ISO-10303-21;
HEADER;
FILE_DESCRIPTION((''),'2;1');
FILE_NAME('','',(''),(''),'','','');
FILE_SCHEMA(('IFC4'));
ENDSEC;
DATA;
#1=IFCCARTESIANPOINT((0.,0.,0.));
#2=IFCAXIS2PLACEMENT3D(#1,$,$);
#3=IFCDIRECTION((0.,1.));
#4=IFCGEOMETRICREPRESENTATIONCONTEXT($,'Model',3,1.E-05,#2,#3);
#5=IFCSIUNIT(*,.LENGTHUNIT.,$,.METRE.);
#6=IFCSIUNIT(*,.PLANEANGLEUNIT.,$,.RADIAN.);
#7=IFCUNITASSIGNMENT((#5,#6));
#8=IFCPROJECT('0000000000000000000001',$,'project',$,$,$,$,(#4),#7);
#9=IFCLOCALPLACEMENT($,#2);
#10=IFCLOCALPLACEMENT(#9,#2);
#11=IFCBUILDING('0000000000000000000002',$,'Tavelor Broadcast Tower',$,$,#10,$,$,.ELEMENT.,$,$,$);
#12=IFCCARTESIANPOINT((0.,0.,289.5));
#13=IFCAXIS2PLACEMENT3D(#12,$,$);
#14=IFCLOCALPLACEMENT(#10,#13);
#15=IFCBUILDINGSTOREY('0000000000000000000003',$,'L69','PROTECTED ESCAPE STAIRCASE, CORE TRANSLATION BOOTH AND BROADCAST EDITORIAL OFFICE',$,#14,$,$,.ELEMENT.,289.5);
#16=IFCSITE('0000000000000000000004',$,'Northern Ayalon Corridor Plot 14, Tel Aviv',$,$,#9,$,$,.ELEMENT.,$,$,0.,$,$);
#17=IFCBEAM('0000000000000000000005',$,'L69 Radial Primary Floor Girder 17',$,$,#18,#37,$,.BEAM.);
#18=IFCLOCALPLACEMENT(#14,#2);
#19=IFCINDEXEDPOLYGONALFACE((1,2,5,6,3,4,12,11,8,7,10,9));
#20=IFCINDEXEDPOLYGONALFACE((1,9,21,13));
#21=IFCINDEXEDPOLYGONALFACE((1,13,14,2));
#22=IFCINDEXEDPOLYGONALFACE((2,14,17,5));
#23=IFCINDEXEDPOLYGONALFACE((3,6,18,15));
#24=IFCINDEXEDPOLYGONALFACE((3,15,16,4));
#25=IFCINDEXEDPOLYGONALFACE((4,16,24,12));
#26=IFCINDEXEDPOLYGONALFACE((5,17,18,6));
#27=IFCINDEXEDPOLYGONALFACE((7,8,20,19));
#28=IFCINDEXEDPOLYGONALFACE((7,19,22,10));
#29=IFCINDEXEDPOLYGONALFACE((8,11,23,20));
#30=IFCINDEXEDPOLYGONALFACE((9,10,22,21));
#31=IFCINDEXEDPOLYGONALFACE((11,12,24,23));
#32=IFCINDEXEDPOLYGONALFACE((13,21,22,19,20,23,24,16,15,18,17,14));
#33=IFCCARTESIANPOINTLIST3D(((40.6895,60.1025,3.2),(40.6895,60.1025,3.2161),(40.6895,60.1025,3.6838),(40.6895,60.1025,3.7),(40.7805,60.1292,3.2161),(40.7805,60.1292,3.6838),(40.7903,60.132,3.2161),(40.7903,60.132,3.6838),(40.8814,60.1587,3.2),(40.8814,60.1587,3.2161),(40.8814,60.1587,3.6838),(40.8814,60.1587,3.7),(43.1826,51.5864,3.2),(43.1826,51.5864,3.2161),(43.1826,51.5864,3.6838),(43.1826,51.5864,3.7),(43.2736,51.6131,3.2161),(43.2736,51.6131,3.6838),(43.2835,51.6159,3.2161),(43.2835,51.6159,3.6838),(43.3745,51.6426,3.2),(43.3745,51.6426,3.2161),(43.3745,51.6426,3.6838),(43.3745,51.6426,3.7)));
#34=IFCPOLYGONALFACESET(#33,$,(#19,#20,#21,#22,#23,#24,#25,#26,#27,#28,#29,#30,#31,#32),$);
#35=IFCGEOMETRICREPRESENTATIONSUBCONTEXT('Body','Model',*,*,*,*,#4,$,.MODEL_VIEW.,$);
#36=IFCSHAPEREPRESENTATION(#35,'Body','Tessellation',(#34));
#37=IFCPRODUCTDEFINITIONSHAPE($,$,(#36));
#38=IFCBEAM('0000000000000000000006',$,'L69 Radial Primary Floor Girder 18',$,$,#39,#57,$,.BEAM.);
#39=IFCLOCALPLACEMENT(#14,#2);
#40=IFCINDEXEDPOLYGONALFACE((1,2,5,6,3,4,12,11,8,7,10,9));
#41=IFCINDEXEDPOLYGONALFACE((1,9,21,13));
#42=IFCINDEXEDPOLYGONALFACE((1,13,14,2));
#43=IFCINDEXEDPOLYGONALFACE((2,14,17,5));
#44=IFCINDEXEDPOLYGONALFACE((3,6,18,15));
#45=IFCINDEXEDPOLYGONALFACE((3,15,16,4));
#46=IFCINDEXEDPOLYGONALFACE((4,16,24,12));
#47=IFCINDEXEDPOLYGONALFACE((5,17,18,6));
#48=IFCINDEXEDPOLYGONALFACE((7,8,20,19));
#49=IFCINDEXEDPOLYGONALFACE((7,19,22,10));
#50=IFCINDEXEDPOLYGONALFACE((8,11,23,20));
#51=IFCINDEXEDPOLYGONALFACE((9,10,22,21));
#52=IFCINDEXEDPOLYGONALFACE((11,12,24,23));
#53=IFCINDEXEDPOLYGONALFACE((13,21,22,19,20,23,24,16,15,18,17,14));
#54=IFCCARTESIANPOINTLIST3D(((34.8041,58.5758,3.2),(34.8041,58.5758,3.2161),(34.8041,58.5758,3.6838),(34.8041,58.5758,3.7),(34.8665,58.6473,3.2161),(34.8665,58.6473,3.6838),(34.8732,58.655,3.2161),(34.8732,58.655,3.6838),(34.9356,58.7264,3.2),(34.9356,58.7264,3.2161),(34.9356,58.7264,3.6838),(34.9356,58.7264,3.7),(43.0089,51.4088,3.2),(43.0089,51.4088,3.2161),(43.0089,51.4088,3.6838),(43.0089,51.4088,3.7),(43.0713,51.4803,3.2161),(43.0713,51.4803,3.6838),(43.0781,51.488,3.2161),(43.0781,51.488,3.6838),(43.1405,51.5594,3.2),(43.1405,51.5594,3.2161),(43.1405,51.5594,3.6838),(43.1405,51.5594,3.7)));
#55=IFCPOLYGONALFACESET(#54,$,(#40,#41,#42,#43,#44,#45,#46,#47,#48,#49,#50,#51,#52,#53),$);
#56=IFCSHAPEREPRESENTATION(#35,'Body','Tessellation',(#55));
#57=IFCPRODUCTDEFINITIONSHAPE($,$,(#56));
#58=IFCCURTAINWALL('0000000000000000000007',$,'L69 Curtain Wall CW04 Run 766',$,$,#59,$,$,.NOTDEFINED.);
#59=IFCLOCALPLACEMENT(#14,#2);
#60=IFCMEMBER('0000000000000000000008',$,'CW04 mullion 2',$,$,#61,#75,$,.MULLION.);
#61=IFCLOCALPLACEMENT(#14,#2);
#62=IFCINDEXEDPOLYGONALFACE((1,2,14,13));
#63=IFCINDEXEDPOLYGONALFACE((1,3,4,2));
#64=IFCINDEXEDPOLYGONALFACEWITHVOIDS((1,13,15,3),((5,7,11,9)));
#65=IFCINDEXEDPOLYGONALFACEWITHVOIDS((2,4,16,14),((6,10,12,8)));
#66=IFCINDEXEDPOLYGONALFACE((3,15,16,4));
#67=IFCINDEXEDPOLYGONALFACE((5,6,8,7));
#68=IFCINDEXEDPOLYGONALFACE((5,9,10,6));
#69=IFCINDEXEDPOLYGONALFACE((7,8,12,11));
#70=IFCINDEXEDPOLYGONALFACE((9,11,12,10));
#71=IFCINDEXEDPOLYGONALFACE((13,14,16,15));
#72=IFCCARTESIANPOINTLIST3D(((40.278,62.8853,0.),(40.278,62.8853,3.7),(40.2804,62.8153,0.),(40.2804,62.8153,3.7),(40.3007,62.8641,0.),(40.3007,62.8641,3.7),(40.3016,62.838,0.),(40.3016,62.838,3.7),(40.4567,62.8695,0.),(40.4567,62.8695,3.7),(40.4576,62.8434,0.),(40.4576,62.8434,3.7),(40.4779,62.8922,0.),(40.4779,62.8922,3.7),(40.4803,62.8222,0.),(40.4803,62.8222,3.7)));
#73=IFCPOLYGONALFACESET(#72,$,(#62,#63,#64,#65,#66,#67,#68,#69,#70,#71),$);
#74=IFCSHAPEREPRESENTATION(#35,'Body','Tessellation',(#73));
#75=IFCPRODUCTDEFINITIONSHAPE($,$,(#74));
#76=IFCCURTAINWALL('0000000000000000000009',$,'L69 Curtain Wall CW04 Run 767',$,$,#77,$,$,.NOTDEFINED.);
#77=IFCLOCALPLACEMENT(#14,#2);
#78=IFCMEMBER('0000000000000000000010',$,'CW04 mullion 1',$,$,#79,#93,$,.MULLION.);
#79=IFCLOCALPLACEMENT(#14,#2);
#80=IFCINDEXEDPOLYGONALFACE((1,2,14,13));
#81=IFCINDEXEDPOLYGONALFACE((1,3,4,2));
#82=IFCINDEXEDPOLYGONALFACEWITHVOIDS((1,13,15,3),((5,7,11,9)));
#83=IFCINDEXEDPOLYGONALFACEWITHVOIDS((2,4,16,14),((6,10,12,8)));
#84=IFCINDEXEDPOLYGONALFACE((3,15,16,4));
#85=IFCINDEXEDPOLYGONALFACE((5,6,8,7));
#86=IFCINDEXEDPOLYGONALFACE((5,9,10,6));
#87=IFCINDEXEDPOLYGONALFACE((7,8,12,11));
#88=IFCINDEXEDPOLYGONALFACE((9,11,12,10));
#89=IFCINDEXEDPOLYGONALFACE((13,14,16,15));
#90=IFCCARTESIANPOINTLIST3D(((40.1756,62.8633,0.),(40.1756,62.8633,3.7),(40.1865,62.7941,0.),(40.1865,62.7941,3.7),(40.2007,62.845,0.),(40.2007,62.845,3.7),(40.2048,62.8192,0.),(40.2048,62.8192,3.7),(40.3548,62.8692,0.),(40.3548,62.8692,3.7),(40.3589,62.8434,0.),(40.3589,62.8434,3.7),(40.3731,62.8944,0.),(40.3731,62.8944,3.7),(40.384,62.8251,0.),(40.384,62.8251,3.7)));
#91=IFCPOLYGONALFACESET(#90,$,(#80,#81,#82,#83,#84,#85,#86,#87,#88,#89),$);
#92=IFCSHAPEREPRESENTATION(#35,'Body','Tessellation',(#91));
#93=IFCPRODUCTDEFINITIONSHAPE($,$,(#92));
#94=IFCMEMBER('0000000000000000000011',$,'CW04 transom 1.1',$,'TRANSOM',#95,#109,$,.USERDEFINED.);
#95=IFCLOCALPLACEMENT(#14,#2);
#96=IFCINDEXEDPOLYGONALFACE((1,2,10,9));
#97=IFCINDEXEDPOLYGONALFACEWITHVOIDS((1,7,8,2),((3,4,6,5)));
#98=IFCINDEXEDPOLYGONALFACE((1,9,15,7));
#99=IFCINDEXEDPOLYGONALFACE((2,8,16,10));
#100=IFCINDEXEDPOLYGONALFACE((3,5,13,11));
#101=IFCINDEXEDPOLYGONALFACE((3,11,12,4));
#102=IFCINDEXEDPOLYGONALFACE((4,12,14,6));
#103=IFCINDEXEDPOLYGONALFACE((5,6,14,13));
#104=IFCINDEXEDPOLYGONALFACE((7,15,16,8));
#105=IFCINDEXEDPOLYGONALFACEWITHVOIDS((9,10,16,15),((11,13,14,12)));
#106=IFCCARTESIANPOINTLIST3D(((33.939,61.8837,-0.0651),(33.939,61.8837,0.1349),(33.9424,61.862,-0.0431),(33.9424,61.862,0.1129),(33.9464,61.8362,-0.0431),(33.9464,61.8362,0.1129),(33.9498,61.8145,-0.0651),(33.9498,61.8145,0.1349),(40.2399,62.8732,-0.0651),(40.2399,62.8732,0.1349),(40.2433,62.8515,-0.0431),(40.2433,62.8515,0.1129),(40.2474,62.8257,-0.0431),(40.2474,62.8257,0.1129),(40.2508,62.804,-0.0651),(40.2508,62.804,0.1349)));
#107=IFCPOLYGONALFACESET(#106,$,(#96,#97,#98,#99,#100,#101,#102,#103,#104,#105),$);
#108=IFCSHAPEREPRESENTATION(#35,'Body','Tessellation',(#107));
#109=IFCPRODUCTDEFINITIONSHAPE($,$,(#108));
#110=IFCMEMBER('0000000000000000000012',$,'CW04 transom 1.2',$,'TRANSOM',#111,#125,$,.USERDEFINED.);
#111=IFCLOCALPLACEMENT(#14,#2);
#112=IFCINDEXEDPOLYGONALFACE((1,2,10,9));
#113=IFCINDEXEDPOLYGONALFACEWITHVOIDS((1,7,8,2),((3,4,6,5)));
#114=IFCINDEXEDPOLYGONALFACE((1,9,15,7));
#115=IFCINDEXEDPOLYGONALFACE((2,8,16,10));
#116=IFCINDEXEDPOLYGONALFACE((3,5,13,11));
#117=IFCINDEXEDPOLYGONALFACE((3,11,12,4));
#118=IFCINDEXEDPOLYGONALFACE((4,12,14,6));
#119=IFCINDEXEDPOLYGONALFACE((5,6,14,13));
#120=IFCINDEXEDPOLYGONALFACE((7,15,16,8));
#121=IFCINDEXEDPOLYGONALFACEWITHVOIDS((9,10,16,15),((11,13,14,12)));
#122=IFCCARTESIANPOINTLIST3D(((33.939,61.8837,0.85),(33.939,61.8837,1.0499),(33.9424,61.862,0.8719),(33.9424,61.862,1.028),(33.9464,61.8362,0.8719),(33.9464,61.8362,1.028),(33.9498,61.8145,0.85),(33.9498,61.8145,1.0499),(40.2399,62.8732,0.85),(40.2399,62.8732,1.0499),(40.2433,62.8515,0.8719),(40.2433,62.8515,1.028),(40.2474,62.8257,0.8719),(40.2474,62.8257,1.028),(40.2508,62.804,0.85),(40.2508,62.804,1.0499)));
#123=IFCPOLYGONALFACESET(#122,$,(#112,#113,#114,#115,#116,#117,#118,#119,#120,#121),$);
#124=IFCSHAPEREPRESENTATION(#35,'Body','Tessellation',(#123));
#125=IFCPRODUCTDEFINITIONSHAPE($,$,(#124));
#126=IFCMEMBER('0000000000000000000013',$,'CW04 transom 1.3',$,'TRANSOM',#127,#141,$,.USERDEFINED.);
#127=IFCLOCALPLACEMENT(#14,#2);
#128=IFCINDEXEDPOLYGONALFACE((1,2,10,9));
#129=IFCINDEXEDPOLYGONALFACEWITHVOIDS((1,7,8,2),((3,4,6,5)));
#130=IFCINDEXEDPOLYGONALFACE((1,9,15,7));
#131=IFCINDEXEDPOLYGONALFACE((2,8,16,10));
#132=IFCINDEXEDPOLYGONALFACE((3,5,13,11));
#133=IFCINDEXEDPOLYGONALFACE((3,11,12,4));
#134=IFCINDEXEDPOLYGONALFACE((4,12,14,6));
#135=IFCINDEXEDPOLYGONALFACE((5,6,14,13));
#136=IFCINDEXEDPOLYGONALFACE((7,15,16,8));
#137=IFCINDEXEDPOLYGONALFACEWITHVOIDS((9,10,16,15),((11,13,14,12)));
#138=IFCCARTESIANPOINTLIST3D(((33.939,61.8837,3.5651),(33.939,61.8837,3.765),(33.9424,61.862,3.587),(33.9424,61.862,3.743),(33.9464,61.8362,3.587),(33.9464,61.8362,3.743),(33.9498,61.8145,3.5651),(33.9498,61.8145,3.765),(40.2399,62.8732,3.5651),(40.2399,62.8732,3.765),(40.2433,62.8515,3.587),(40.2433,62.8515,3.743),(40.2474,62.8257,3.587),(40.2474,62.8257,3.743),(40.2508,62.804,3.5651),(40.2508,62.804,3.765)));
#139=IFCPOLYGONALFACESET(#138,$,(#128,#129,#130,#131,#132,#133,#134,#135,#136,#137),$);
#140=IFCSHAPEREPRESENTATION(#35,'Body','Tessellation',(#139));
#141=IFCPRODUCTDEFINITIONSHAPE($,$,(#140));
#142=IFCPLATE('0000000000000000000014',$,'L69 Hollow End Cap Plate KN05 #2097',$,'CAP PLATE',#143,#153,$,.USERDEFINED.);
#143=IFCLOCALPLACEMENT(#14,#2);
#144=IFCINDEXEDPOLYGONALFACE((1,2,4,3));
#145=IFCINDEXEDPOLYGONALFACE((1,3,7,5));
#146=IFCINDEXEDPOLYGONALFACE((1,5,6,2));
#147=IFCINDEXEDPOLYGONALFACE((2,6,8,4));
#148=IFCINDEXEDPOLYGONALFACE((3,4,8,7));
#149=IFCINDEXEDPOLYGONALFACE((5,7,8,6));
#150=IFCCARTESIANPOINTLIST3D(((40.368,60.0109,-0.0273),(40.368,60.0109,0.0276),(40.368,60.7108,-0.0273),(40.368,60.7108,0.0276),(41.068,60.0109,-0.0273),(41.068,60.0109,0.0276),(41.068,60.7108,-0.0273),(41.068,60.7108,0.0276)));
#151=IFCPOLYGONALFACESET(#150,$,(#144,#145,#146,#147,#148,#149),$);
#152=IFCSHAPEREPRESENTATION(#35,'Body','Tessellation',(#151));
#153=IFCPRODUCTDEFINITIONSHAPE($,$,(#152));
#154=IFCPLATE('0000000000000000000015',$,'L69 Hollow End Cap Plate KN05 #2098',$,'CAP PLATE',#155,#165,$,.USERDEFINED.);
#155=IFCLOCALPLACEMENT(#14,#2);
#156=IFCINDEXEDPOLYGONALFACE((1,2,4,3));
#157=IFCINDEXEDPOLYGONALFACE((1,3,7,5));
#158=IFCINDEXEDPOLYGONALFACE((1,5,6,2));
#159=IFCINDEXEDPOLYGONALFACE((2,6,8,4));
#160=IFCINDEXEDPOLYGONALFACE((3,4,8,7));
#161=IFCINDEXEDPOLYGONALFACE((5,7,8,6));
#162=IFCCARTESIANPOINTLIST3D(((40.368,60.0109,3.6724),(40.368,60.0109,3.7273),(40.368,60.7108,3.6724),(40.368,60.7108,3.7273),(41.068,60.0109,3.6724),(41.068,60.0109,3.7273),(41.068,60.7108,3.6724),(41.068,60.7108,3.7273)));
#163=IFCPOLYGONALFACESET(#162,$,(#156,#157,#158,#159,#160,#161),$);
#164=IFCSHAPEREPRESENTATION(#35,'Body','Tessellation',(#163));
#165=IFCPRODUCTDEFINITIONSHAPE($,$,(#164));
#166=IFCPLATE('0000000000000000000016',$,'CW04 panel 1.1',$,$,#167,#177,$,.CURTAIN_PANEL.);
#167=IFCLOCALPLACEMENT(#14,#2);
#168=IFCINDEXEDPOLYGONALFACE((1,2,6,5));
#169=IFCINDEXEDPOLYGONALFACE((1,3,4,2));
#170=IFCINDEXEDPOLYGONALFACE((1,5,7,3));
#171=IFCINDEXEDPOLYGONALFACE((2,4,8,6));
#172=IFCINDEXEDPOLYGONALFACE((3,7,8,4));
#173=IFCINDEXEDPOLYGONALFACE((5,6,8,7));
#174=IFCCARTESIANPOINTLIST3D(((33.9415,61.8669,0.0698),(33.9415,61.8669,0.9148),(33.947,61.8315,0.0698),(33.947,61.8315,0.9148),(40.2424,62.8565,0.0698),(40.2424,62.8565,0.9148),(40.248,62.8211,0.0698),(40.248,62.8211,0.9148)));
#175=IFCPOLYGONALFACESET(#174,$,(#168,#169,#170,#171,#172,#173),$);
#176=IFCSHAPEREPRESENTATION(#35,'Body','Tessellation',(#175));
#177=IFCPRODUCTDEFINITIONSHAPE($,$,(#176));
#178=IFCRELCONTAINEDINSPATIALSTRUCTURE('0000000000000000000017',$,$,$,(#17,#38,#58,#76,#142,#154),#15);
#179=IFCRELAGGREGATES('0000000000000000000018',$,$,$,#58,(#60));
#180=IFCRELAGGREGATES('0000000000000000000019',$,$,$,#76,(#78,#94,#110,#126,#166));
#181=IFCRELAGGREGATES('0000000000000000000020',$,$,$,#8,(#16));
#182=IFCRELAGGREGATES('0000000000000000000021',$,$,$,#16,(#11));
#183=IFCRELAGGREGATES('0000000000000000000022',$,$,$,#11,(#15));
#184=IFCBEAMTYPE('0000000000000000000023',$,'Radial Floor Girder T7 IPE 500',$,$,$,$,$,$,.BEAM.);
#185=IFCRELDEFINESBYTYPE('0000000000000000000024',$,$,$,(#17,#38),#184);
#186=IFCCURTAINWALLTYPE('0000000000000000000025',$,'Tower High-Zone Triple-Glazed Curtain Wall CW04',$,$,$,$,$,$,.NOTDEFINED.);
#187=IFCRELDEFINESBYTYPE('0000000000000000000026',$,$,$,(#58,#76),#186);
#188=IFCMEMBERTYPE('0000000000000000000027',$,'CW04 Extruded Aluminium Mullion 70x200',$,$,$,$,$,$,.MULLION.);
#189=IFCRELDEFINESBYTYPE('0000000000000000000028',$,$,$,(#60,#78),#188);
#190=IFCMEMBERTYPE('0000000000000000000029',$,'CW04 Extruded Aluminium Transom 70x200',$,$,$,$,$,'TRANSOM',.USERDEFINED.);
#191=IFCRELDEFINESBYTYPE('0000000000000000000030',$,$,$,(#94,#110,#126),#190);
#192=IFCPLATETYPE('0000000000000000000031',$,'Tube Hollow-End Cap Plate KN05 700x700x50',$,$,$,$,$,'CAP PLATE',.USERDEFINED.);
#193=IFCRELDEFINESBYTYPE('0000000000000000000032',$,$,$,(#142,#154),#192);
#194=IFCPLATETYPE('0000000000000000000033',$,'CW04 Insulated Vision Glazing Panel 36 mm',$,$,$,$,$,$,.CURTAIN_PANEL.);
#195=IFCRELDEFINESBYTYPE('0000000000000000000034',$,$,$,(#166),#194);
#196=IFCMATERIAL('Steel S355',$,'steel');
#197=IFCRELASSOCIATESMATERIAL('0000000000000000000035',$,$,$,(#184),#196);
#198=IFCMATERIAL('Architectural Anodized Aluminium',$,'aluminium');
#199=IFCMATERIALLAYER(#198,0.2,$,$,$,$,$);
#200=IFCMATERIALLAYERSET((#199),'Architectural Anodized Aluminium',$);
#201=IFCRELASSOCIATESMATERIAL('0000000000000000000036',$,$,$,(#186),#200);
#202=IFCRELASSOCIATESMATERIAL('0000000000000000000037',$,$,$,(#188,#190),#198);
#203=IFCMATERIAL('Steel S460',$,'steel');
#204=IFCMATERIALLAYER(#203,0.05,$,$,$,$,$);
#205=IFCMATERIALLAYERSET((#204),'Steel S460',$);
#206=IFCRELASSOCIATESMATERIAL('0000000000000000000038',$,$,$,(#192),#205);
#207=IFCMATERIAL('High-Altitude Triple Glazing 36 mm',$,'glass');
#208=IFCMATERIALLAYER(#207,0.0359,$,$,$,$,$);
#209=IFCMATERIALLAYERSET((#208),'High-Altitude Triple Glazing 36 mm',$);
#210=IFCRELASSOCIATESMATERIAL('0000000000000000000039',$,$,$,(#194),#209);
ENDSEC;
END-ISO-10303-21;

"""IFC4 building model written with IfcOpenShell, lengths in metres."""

from ifc_helpers import new_model, si_unit, direction, frame, origin, origin_2d, place, context, subcontext, project, spatial, rectangle, hollow_rectangle, i_section, extrude, source, transform, mapped, material, layer, layer_set, material_profile, profile_set, type_object, type_shapes, element, aggregate, save


model = new_model("IFC4")

# Units and contexts
model_context = context("Model", 3, precision=1e-05, world=origin(), true_north=direction((0.0, 1.0)))
body_context = subcontext(model_context, "Body", "Model", "MODEL_VIEW")
ifc_project = project(units=[si_unit("LENGTHUNIT", "METRE"), si_unit("PLANEANGLEUNIT", "RADIAN")], contexts=[model_context])

# Site, building, storey
site_placement = place(None, origin())
site = spatial("IfcSite", under=ifc_project, at=site_placement, Name="Northern Ayalon Corridor Plot 14, Tel Aviv", CompositionType="ELEMENT", RefElevation=0.0)
building_placement = place(site_placement, origin())
building = spatial("IfcBuilding", under=site, at=building_placement, Name="Tavelor Broadcast Tower", CompositionType="ELEMENT")
storey_placement = place(building_placement, frame((0.0, 0.0, 289.5)))
storey = spatial("IfcBuildingStorey", under=building, at=storey_placement, Name="L69", Description="PROTECTED ESCAPE STAIRCASE, CORE TRANSLATION BOOTH AND BROADCAST EDITORIAL OFFICE", CompositionType="ELEMENT", Elevation=289.5)

# Shared definitions
ifc_material_1 = material(Name="Steel S460", Category="steel")

# Beams
ifc_material_2 = material(Name="Steel S355", Category="steel")
ifc_material_profile_1 = material_profile(ifc_material_2, i_section(OverallWidth=0.2, OverallDepth=0.5, WebThickness=0.0103, FlangeThickness=0.0161, at=origin_2d()), Name="IPE 500")
ifc_profile_set_1 = profile_set([ifc_material_profile_1], Name="Steel S355")
beam_type_1 = type_object("IfcBeamType", Name="Radial Floor Girder T7 IPE 500", PredefinedType="BEAM", material=ifc_profile_set_1)
beam_1_placement = place(storey_placement, frame((43.2786, 51.6145, 3.45), z_axis=(-0.280966, 0.959718, 0.0), x_axis=(-0.959718, -0.280966, 0.0)))
element("IfcBeam", 1, at=beam_1_placement, inside=storey, type_object=beam_type_1, Name="L69 Radial Primary Floor Girder 17", PredefinedType="BEAM", context=body_context, shape_type="SweptSolid", body=[
    extrude(i_section(OverallWidth=0.2, OverallDepth=0.5, WebThickness=0.0103, FlangeThickness=0.0161, at=origin_2d()), origin(), (0.0, 0.0, 1.0), 8.8735),
])
beam_2_placement = place(storey_placement, frame((43.0747, 51.4841, 3.45), z_axis=(-0.753133, 0.657868, 0.0), x_axis=(-0.657868, -0.753133, 0.0)))
element("IfcBeam", 2, at=beam_2_placement, inside=storey, type_object=beam_type_1, Name="L69 Radial Primary Floor Girder 18", PredefinedType="BEAM", context=body_context, shape_type="SweptSolid", body=[
    extrude(i_section(OverallWidth=0.2, OverallDepth=0.5, WebThickness=0.0103, FlangeThickness=0.0161, at=origin_2d()), origin(), (0.0, 0.0, 1.0), 10.8943),
])

# Curtain wall, member
ifc_material_3 = material(Name="Architectural Anodized Aluminium", Category="aluminium")
ifc_layer_1 = layer(ifc_material_3, 0.2)
ifc_layer_set_1 = layer_set([ifc_layer_1], Name="Architectural Anodized Aluminium")
curtain_wall_type = type_object("IfcCurtainWallType", Name="Tower High-Zone Triple-Glazed Curtain Wall CW04", PredefinedType="NOTDEFINED", material=ifc_layer_set_1)
curtain_wall_1_placement = place(storey_placement, origin())
curtain_wall_1 = element("IfcCurtainWall", 3, at=curtain_wall_1_placement, inside=storey, type_object=curtain_wall_type, Name="L69 Curtain Wall CW04 Run 766", PredefinedType="NOTDEFINED")
ifc_material_profile_2 = material_profile(ifc_material_3, hollow_rectangle(XDim=0.0701, YDim=0.2, WallThickness=0.022, at=origin_2d()), Name="RHS 70x200x22")
ifc_profile_set_2 = profile_set([ifc_material_profile_2], Name="Architectural Anodized Aluminium")
member_type_1 = type_object("IfcMemberType", Name="CW04 Extruded Aluminium Mullion 70x200", PredefinedType="MULLION", material=ifc_profile_set_2)
shared_shape_1 = source(origin(), body_context, "Body", "SweptSolid", [
    extrude(hollow_rectangle(XDim=0.0701, YDim=0.2, WallThickness=0.022, at=origin_2d()), origin(), (0.0, 0.0, 1.0), 3.7),
])
type_shapes(member_type_1, [shared_shape_1])
member_1_placement = place(storey_placement, frame((40.3792, 62.8538, 0.0), z_axis=(0.0, 0.0, 1.0), x_axis=(0.034473, -0.999406, 0.0)))
member_1 = element("IfcMember", 4, at=member_1_placement, type_object=member_type_1, Name="CW04 mullion 2", PredefinedType="MULLION", context=body_context, shape_type="MappedRepresentation", body=[
    mapped(shared_shape_1, transform((0.0, 0.0, 0.0), scale=1.0)),
])
aggregate(curtain_wall_1, [member_1])

# Curtain wall, members
curtain_wall_2_placement = place(storey_placement, origin())
curtain_wall_2 = element("IfcCurtainWall", 5, at=curtain_wall_2_placement, inside=storey, type_object=curtain_wall_type, Name="L69 Curtain Wall CW04 Run 767", PredefinedType="NOTDEFINED")
member_2_placement = place(storey_placement, frame((40.2798, 62.8442, 0.0), z_axis=(0.0, 0.0, 1.0), x_axis=(0.155152, -0.987891, 0.0)))
member_2 = element("IfcMember", 6, at=member_2_placement, type_object=member_type_1, Name="CW04 mullion 1", PredefinedType="MULLION", context=body_context, shape_type="MappedRepresentation", body=[
    mapped(shared_shape_1, transform((0.0, 0.0, 0.0), scale=1.0)),
])
ifc_material_profile_3 = material_profile(ifc_material_3, hollow_rectangle(XDim=0.0701, YDim=0.2, WallThickness=0.022, at=origin_2d()), Name="RHS 70x200x22")
ifc_profile_set_3 = profile_set([ifc_material_profile_3], Name="Architectural Anodized Aluminium")
member_type_2 = type_object("IfcMemberType", Name="CW04 Extruded Aluminium Transom 70x200", ElementType="TRANSOM", PredefinedType="USERDEFINED", material=ifc_profile_set_3)
shared_shape_2 = source(origin(), body_context, "Body", "SweptSolid", [
    extrude(hollow_rectangle(XDim=0.0701, YDim=0.2, WallThickness=0.022, at=origin_2d()), origin(), (0.0, 0.0, 1.0), 6.3782),
])
type_shapes(member_type_2, [shared_shape_2])
member_3_placement = place(storey_placement, frame((40.2454, 62.8386, 0.0349), z_axis=(-0.987893, -0.155137, 0.0), x_axis=(0.155137, -0.987893, 0.0)))
member_3 = element("IfcMember", 7, at=member_3_placement, type_object=member_type_2, Name="CW04 transom 1.1", ObjectType="TRANSOM", PredefinedType="USERDEFINED", context=body_context, shape_type="MappedRepresentation", body=[
    mapped(shared_shape_2, transform((0.0, 0.0, 0.0), scale=1.0)),
])
member_4_placement = place(storey_placement, frame((40.2454, 62.8386, 0.95), z_axis=(-0.987893, -0.155137, 0.0), x_axis=(0.155137, -0.987893, 0.0)))
member_4 = element("IfcMember", 8, at=member_4_placement, type_object=member_type_2, Name="CW04 transom 1.2", ObjectType="TRANSOM", PredefinedType="USERDEFINED", context=body_context, shape_type="MappedRepresentation", body=[
    mapped(shared_shape_2, transform((0.0, 0.0, 0.0), scale=1.0)),
])
member_5_placement = place(storey_placement, frame((40.2454, 62.8386, 3.665), z_axis=(-0.987893, -0.155137, 0.0), x_axis=(0.155137, -0.987893, 0.0)))
member_5 = element("IfcMember", 9, at=member_5_placement, type_object=member_type_2, Name="CW04 transom 1.3", ObjectType="TRANSOM", PredefinedType="USERDEFINED", context=body_context, shape_type="MappedRepresentation", body=[
    mapped(shared_shape_2, transform((0.0, 0.0, 0.0), scale=1.0)),
])

# Plates
ifc_layer_2 = layer(ifc_material_1, 0.05)
ifc_layer_set_2 = layer_set([ifc_layer_2], Name="Steel S460")
plate_type_1 = type_object("IfcPlateType", Name="Tube Hollow-End Cap Plate KN05 700x700x50", ElementType="CAP PLATE", PredefinedType="USERDEFINED", material=ifc_layer_set_2)
shared_shape_3 = source(origin(), body_context, "Body", "SweptSolid", [
    extrude(rectangle(XDim=0.7, YDim=0.7, at=origin_2d()), origin(), (0.0, 0.0, 1.0), 0.0549),
])
type_shapes(plate_type_1, [shared_shape_3])
for number, where, z_axis, x_axis, name in (
    (10, (40.718, 60.3608, -0.0273), (0.0, 0.0, 1.0), (1.0, 0.0, 0.0), "L69 Hollow End Cap Plate KN05 #2097"),
    (11, (40.718, 60.3608, 3.6724), (0.0, 0.0, 1.0), (1.0, 0.0, 0.0), "L69 Hollow End Cap Plate KN05 #2098"),
):
    element("IfcPlate", number, at=place(storey_placement, frame(where, z_axis=z_axis, x_axis=x_axis)), inside=storey, type_object=plate_type_1, Name=name, ObjectType="CAP PLATE", PredefinedType="USERDEFINED", context=body_context, shape_type="MappedRepresentation", body=[
        mapped(shared_shape_3, transform((0.0, 0.0, 0.0), scale=1.0)),
    ])

# Plate
ifc_material_4 = material(Name="High-Altitude Triple Glazing 36 mm", Category="glass")
ifc_layer_3 = layer(ifc_material_4, 0.0359)
ifc_layer_set_3 = layer_set([ifc_layer_3], Name="High-Altitude Triple Glazing 36 mm")
plate_type_2 = type_object("IfcPlateType", Name="CW04 Insulated Vision Glazing Panel 36 mm", PredefinedType="CURTAIN_PANEL", material=ifc_layer_set_3)
shared_shape_4 = source(origin(), body_context, "Body", "SweptSolid", [
    extrude(rectangle(XDim=6.3782, YDim=0.0359, at=origin_2d()), origin(), (0.0, 0.0, 1.0), 0.845),
])
plate_1_placement = place(storey_placement, frame((37.0947, 62.344, 0.0698), z_axis=(0.0, 0.0, 1.0), x_axis=(-0.987891, -0.155152, 0.0)))
plate_1 = element("IfcPlate", 12, at=plate_1_placement, type_object=plate_type_2, Name="CW04 panel 1.1", PredefinedType="CURTAIN_PANEL", context=body_context, shape_type="MappedRepresentation", body=[
    mapped(shared_shape_4, transform((0.0, 0.0, 0.0), scale=1.0)),
])
aggregate(curtain_wall_2, [member_2, member_3, member_4, member_5, plate_1])

save(model, "model.ifc")
